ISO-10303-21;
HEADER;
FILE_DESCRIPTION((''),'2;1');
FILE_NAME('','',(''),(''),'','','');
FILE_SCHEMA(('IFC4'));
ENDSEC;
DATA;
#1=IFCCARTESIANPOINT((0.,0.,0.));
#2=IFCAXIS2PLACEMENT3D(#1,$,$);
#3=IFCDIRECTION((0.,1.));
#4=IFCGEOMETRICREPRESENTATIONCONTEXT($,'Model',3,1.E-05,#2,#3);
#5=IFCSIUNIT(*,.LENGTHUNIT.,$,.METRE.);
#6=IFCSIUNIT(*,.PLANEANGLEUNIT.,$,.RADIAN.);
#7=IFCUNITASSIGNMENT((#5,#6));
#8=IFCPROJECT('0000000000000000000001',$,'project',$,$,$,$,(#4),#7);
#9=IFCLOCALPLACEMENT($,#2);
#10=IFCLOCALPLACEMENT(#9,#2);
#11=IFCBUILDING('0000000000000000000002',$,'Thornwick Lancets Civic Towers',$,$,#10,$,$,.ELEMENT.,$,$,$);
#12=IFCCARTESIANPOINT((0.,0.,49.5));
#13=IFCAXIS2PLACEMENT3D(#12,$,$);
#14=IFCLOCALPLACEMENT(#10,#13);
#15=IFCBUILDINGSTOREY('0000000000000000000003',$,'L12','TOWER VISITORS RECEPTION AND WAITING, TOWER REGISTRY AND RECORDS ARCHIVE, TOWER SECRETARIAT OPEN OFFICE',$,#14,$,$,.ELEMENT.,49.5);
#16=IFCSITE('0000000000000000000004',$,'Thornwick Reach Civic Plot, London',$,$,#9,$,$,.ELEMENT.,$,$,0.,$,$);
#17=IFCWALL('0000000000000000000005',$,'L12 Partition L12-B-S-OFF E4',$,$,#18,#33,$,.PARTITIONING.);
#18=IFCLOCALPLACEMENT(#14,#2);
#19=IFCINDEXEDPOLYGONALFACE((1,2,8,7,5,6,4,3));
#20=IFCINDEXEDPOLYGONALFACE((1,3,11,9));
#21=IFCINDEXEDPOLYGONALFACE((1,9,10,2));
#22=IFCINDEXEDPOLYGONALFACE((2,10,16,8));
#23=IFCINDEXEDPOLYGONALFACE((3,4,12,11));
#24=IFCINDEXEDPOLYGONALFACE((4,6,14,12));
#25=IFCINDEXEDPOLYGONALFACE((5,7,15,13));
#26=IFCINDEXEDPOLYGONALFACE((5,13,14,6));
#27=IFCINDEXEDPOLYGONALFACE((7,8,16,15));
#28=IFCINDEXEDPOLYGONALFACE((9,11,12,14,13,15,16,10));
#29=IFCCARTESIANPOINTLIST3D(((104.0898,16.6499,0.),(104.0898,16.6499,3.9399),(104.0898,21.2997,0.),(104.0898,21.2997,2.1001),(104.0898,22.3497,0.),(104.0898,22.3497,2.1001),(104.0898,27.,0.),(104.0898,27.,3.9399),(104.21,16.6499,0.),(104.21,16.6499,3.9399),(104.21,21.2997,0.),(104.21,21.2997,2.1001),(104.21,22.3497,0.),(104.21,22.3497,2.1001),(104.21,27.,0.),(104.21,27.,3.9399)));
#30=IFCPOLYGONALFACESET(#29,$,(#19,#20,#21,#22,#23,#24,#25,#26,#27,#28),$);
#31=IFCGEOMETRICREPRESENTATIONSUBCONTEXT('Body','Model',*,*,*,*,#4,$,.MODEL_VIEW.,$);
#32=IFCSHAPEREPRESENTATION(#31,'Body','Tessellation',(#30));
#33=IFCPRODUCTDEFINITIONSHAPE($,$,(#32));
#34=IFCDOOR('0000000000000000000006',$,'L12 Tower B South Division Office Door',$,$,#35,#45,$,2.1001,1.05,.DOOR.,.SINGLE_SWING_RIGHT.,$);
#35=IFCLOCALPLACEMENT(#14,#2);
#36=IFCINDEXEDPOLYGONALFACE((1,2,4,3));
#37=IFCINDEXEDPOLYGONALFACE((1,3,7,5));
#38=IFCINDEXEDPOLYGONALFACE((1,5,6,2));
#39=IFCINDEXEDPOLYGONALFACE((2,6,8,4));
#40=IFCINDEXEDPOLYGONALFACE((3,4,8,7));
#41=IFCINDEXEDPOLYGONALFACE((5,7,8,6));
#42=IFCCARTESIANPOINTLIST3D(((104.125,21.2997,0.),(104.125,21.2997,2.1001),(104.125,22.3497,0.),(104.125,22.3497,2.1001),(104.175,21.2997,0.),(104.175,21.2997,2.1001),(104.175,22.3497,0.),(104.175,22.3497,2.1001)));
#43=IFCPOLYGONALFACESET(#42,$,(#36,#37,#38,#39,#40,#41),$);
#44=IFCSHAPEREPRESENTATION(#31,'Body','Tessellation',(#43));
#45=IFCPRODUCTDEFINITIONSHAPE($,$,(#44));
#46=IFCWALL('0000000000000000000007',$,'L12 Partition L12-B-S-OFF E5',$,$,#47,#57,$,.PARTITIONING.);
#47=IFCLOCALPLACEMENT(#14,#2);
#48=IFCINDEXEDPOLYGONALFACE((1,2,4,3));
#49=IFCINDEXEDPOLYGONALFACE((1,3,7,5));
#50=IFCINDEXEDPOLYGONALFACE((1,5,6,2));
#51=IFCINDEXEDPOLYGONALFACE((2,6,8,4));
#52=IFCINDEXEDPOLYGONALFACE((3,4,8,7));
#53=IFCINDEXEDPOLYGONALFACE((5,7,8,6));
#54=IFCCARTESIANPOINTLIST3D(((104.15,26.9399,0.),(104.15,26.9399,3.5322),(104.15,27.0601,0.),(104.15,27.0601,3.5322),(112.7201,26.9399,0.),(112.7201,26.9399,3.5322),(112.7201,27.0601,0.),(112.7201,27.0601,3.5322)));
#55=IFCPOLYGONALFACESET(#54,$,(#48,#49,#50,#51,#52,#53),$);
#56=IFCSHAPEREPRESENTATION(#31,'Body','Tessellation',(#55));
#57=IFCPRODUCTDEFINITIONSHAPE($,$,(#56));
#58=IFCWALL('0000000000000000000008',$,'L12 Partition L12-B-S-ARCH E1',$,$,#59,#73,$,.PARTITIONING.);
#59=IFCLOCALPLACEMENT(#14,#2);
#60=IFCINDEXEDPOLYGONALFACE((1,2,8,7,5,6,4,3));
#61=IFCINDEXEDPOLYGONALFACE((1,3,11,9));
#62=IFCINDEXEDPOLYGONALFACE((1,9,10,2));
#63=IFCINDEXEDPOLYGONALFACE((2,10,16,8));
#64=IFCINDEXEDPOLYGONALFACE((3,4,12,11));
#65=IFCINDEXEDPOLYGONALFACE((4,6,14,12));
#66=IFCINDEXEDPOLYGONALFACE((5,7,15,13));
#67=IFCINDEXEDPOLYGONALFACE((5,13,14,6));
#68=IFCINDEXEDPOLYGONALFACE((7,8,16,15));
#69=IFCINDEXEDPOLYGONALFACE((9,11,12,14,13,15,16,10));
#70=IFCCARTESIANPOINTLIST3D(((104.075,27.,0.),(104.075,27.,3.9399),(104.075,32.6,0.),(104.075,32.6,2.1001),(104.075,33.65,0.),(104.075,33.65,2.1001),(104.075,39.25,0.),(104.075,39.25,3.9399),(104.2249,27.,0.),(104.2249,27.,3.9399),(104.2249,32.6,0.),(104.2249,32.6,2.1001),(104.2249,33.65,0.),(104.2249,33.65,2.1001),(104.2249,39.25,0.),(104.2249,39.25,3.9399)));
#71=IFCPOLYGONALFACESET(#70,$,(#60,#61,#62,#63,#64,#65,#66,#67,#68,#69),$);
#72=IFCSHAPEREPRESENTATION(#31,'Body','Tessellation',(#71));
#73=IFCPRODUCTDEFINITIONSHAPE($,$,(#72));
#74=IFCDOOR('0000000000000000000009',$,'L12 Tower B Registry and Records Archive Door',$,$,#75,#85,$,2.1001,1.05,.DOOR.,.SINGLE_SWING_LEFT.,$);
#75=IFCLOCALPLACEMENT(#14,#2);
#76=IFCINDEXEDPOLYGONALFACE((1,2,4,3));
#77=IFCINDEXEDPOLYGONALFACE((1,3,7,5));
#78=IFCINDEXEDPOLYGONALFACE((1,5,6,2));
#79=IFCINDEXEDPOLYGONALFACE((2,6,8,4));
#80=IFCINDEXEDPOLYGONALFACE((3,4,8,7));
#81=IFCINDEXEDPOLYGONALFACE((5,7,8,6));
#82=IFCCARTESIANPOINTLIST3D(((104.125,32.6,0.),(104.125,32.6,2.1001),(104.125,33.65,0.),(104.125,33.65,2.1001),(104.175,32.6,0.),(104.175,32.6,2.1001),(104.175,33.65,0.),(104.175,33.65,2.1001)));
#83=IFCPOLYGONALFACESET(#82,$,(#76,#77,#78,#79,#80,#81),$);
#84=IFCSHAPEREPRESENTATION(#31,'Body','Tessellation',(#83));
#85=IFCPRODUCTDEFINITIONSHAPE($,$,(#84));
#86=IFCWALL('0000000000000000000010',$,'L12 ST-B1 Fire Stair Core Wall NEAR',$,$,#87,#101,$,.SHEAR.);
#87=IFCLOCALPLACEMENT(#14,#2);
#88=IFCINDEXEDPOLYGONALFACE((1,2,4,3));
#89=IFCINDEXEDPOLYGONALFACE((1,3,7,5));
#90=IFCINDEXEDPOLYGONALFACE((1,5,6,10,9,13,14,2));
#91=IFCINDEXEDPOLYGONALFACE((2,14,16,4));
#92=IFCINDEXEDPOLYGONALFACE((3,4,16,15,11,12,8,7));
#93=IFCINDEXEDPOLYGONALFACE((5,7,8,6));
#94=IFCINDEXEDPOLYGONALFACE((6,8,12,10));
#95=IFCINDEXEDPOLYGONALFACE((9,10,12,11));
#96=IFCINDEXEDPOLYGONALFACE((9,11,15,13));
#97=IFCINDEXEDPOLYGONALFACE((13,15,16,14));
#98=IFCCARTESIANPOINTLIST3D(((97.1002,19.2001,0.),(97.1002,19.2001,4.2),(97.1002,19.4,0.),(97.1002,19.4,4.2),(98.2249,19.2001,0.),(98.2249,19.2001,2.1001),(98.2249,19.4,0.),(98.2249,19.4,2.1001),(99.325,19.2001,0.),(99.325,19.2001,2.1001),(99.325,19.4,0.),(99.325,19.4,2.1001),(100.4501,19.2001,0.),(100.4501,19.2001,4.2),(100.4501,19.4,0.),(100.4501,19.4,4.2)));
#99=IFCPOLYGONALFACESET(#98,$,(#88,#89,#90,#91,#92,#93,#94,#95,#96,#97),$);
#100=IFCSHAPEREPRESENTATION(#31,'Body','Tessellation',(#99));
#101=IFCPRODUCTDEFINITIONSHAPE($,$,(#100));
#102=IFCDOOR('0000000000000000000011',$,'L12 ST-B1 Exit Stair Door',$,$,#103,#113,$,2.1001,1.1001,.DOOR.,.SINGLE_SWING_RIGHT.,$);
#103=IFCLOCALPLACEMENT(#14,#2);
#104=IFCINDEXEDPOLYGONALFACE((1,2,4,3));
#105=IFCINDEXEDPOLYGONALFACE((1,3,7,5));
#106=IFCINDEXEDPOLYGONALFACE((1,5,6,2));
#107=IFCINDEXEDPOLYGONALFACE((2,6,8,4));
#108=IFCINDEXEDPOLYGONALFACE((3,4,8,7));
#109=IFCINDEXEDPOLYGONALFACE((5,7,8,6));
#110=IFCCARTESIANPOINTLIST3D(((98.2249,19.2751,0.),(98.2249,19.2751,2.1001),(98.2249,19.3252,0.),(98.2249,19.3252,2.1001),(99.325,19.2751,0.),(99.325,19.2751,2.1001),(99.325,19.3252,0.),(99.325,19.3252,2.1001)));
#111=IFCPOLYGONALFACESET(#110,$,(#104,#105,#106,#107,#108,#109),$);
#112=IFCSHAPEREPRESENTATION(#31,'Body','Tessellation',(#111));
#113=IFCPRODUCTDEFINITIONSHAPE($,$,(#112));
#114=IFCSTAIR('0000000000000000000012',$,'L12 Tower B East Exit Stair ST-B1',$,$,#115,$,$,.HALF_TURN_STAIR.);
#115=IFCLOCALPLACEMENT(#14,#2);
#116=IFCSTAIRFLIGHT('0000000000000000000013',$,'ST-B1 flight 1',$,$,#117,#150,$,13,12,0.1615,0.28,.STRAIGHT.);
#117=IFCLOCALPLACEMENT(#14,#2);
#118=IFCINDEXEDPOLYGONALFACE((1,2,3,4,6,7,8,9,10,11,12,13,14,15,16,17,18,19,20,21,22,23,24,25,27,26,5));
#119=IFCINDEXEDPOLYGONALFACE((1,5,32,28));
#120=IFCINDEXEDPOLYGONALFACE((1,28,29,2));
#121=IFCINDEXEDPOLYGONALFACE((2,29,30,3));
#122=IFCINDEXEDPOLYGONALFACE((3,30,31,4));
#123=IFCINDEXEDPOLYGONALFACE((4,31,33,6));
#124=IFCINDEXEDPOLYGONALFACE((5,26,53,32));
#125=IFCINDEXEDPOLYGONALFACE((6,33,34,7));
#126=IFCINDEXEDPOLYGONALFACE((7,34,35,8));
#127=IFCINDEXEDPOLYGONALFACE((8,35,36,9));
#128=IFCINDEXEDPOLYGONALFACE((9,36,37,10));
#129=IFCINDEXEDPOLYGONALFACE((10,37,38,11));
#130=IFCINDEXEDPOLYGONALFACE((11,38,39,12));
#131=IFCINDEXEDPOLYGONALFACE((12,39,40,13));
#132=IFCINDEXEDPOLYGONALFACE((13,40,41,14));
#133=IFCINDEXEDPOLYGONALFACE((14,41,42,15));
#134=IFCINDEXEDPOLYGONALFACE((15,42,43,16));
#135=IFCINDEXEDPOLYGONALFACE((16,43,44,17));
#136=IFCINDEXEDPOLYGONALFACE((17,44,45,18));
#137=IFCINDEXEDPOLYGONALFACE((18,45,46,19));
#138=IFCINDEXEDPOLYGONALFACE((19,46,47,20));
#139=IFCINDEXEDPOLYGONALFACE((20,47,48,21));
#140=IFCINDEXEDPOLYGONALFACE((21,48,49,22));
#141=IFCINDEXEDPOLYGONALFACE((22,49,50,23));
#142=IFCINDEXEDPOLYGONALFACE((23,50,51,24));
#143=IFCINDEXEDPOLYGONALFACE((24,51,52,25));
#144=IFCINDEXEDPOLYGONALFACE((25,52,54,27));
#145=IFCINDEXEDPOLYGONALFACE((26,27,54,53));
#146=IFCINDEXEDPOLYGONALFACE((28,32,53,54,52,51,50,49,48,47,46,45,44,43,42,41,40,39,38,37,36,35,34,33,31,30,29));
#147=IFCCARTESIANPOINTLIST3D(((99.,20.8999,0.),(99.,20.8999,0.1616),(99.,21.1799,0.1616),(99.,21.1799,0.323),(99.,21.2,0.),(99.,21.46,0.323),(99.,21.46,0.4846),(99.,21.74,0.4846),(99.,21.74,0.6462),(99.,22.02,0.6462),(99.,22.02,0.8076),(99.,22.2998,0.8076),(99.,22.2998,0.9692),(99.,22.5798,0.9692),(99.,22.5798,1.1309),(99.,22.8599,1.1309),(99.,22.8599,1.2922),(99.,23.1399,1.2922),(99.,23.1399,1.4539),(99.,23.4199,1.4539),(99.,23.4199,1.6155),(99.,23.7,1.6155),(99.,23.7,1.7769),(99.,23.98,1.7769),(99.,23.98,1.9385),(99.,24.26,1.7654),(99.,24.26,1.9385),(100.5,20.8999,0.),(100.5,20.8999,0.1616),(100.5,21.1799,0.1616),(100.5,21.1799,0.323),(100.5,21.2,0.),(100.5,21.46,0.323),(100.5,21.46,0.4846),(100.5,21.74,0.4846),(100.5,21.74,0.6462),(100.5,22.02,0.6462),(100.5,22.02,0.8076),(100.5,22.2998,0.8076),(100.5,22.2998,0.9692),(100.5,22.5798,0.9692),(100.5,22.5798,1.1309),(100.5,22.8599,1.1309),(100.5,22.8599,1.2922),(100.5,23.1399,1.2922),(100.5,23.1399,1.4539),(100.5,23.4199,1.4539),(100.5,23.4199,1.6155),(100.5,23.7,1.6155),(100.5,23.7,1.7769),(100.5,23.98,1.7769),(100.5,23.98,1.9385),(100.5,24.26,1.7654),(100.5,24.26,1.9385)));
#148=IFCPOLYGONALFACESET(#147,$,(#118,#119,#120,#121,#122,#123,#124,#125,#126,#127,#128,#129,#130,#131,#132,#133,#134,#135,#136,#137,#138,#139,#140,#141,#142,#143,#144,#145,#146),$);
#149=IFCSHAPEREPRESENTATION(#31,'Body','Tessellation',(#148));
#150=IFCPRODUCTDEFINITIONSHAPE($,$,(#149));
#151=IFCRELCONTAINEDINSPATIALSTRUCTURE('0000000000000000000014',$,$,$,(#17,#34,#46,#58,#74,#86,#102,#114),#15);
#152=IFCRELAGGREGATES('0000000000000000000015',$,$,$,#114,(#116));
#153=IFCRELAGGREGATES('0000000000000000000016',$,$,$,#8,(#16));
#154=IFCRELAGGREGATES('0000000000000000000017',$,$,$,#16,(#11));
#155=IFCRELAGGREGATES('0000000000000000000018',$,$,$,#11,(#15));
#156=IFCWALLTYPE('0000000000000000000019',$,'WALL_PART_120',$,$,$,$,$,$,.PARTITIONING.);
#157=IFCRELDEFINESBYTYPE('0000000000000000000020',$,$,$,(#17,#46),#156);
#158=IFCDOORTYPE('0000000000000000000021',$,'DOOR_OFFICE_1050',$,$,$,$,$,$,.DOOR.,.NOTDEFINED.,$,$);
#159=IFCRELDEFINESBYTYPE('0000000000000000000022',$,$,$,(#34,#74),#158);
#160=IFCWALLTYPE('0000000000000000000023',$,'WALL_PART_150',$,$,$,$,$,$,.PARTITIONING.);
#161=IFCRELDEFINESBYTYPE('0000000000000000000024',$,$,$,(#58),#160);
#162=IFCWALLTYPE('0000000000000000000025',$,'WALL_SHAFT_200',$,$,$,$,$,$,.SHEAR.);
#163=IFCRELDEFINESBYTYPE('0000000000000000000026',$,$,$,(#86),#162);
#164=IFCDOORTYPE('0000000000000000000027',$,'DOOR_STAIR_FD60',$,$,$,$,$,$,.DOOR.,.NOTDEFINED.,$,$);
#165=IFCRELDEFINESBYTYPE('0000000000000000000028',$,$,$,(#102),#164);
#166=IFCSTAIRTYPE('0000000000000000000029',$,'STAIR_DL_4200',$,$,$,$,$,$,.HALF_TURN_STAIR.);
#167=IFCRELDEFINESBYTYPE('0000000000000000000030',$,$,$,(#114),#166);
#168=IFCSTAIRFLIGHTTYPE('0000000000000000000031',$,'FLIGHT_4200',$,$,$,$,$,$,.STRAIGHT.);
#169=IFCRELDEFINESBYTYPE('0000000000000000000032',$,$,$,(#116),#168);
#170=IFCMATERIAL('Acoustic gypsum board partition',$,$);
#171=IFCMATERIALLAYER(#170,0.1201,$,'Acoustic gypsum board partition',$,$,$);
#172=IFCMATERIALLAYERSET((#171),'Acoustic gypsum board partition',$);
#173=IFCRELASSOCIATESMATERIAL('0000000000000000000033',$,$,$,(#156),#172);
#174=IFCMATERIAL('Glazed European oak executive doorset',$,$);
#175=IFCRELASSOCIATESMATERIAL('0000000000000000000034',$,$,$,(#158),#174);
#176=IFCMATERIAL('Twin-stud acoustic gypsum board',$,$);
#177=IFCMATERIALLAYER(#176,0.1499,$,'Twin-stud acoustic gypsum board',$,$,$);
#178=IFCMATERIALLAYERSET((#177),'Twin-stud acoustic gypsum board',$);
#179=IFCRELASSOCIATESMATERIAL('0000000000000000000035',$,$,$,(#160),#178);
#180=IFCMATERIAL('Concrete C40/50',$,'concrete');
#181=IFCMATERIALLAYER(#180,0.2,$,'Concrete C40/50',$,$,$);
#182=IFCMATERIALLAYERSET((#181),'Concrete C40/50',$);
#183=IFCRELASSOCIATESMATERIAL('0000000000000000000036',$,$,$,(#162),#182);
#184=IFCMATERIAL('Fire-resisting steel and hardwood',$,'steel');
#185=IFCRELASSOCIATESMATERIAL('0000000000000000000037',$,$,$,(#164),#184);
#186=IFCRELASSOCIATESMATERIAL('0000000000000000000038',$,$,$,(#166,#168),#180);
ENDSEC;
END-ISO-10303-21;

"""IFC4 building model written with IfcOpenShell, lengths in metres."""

from ifc_helpers import new_model, si_unit, direction, frame, frame_2d, origin, place, context, subcontext, project, spatial, polyline, rectangle, outline, extrude, material, layer, layer_set, type_object, element, fill, aggregate, save


model = new_model("IFC4")

# Units and contexts
model_context = context("Model", 3, precision=1e-05, world=origin(), true_north=direction((0.0, 1.0)))
body_context = subcontext(model_context, "Body", "Model", "MODEL_VIEW")
ifc_project = project(units=[si_unit("LENGTHUNIT", "METRE"), si_unit("PLANEANGLEUNIT", "RADIAN")], contexts=[model_context])

# Site, building, storey
site_placement = place(None, origin())
site = spatial("IfcSite", under=ifc_project, at=site_placement, Name="Thornwick Reach Civic Plot, London", CompositionType="ELEMENT", RefElevation=0.0)
building_placement = place(site_placement, origin())
building = spatial("IfcBuilding", under=site, at=building_placement, Name="Thornwick Lancets Civic Towers", CompositionType="ELEMENT")
storey_placement = place(building_placement, frame((0.0, 0.0, 49.5)))
storey = spatial("IfcBuildingStorey", under=building, at=storey_placement, Name="L12", Description="TOWER VISITORS RECEPTION AND WAITING, TOWER REGISTRY AND RECORDS ARCHIVE, TOWER SECRETARIAT OPEN OFFICE", CompositionType="ELEMENT", Elevation=49.5)

# Shared definitions
ifc_material_1 = material(Name="Concrete C40/50", Category="concrete")

# Shared definitions
ifc_material_2 = material(Name="Acoustic gypsum board partition")
ifc_layer_1 = layer(ifc_material_2, 0.1201, Name="Acoustic gypsum board partition")
ifc_layer_set_1 = layer_set([ifc_layer_1], Name="Acoustic gypsum board partition")
wall_type_1 = type_object("IfcWallType", Name="WALL_PART_120", PredefinedType="PARTITIONING", material=ifc_layer_set_1)

# Wall, opening, door
wall_1_placement = place(storey_placement, frame((104.1499, 16.6499, 0.0), z_axis=(0.0, 0.0, 1.0), x_axis=(0.0, 1.0, 0.0)))
wall_1 = element("IfcWall", 1, at=wall_1_placement, inside=storey, type_object=wall_type_1, Name="L12 Partition L12-B-S-OFF E4", PredefinedType="PARTITIONING", context=body_context, shape_type="SweptSolid", body=[
    extrude(rectangle(XDim=10.3501, YDim=0.1201, at=frame_2d((5.175, 0.0))), origin(), (0.0, 0.0, 1.0), 3.9399),
])
opening_1_placement = place(wall_1_placement, frame((4.6499, 0.0, 0.0)))
opening_1 = element("IfcOpeningElement", 2, at=opening_1_placement, cuts=wall_1, PredefinedType="OPENING", context=body_context, shape_type="SweptSolid", body=[
    extrude(rectangle(XDim=1.05, YDim=2.1001, at=frame_2d((0.5249, 1.05))), frame((0.0, 0.0701, 0.0), z_axis=(0.0, -1.0, 0.0), x_axis=(1.0, 0.0, 0.0)), (0.0, 0.0, 1.0), 0.1401),
])
ifc_material_3 = material(Name="Glazed European oak executive doorset")
door_type_1 = type_object("IfcDoorType", Name="DOOR_OFFICE_1050", OperationType="NOTDEFINED", PredefinedType="DOOR", material=ifc_material_3)
door_1_placement = place(opening_1_placement, origin())
door_1 = element("IfcDoor", 3, at=door_1_placement, inside=storey, type_object=door_type_1, Name="L12 Tower B South Division Office Door", OperationType="SINGLE_SWING_RIGHT", OverallHeight=2.1001, OverallWidth=1.05, PredefinedType="DOOR", context=body_context, shape_type="SweptSolid", body=[
    extrude(rectangle(XDim=1.05, YDim=2.1001, at=frame_2d((0.5249, 1.05))), frame((0.0, 0.0249, 0.0), z_axis=(0.0, -1.0, 0.0), x_axis=(1.0, 0.0, 0.0)), (0.0, 0.0, 1.0), 0.05),
])
fill(opening_1, door_1)

# Wall
wall_2_placement = place(storey_placement, frame((104.1499, 27.0, 0.0), z_axis=(0.0, 0.0, 1.0), x_axis=(1.0, 0.0, 0.0)))
element("IfcWall", 4, at=wall_2_placement, inside=storey, type_object=wall_type_1, Name="L12 Partition L12-B-S-OFF E5", PredefinedType="PARTITIONING", context=body_context, shape_type="SweptSolid", body=[
    extrude(rectangle(XDim=8.5701, YDim=0.1201, at=frame_2d((4.2852, 0.0))), origin(), (0.0, 0.0, 1.0), 3.5322),
])

# Walls, openings, doors
ifc_material_4 = material(Name="Twin-stud acoustic gypsum board")
ifc_layer_2 = layer(ifc_material_4, 0.1499, Name="Twin-stud acoustic gypsum board")
ifc_layer_set_2 = layer_set([ifc_layer_2], Name="Twin-stud acoustic gypsum board")
wall_type_2 = type_object("IfcWallType", Name="WALL_PART_150", PredefinedType="PARTITIONING", material=ifc_layer_set_2)
wall_3_placement = place(storey_placement, frame((104.1499, 27.0, 0.0), z_axis=(0.0, 0.0, 1.0), x_axis=(0.0, 1.0, 0.0)))
wall_3 = element("IfcWall", 5, at=wall_3_placement, inside=storey, type_object=wall_type_2, Name="L12 Partition L12-B-S-ARCH E1", PredefinedType="PARTITIONING", context=body_context, shape_type="SweptSolid", body=[
    extrude(rectangle(XDim=12.25, YDim=0.1499, at=frame_2d((6.125, 0.0))), origin(), (0.0, 0.0, 1.0), 3.9399),
])
opening_2_placement = place(wall_3_placement, frame((5.6001, 0.0, 0.0)))
opening_2 = element("IfcOpeningElement", 6, at=opening_2_placement, cuts=wall_3, PredefinedType="OPENING", context=body_context, shape_type="SweptSolid", body=[
    extrude(rectangle(XDim=1.05, YDim=2.1001, at=frame_2d((0.5249, 1.05))), frame((0.0, 0.085, 0.0), z_axis=(0.0, -1.0, 0.0), x_axis=(1.0, 0.0, 0.0)), (0.0, 0.0, 1.0), 0.1699),
])
door_2_placement = place(opening_2_placement, origin())
door_2 = element("IfcDoor", 7, at=door_2_placement, inside=storey, type_object=door_type_1, Name="L12 Tower B Registry and Records Archive Door", OperationType="SINGLE_SWING_LEFT", OverallHeight=2.1001, OverallWidth=1.05, PredefinedType="DOOR", context=body_context, shape_type="SweptSolid", body=[
    extrude(rectangle(XDim=1.05, YDim=2.1001, at=frame_2d((0.5249, 1.05))), frame((0.0, 0.0249, 0.0), z_axis=(0.0, -1.0, 0.0), x_axis=(1.0, 0.0, 0.0)), (0.0, 0.0, 1.0), 0.05),
])
fill(opening_2, door_2)
ifc_layer_3 = layer(ifc_material_1, 0.2, Name="Concrete C40/50")
ifc_layer_set_3 = layer_set([ifc_layer_3], Name="Concrete C40/50")
wall_type_3 = type_object("IfcWallType", Name="WALL_SHAFT_200", PredefinedType="SHEAR", material=ifc_layer_set_3)
wall_4_placement = place(storey_placement, frame((100.45, 19.3, 0.0), z_axis=(0.0, 0.0, 1.0), x_axis=(-1.0, 0.0, 0.0)))
wall_4 = element("IfcWall", 8, at=wall_4_placement, inside=storey, type_object=wall_type_3, Name="L12 ST-B1 Fire Stair Core Wall NEAR", PredefinedType="SHEAR", context=body_context, shape_type="SweptSolid", body=[
    extrude(rectangle(XDim=3.3499, YDim=0.2, at=frame_2d((1.6748, 0.0))), origin(), (0.0, 0.0, 1.0), 4.2),
])
opening_3_placement = place(wall_4_placement, frame((1.125, 0.0, 0.0)))
opening_3 = element("IfcOpeningElement", 9, at=opening_3_placement, cuts=wall_4, PredefinedType="OPENING", context=body_context, shape_type="SweptSolid", body=[
    extrude(rectangle(XDim=1.1001, YDim=2.1001, at=frame_2d((0.55, 1.05))), frame((0.0, 0.1099, 0.0), z_axis=(0.0, -1.0, 0.0), x_axis=(1.0, 0.0, 0.0)), (0.0, 0.0, 1.0), 0.22),
])
ifc_material_5 = material(Name="Fire-resisting steel and hardwood", Category="steel")
door_type_2 = type_object("IfcDoorType", Name="DOOR_STAIR_FD60", OperationType="NOTDEFINED", PredefinedType="DOOR", material=ifc_material_5)
door_3_placement = place(opening_3_placement, origin())
door_3 = element("IfcDoor", 10, at=door_3_placement, inside=storey, type_object=door_type_2, Name="L12 ST-B1 Exit Stair Door", OperationType="SINGLE_SWING_RIGHT", OverallHeight=2.1001, OverallWidth=1.1001, PredefinedType="DOOR", context=body_context, shape_type="SweptSolid", body=[
    extrude(rectangle(XDim=1.1001, YDim=2.1001, at=frame_2d((0.55, 1.05))), frame((0.0, 0.0249, 0.0), z_axis=(0.0, -1.0, 0.0), x_axis=(1.0, 0.0, 0.0)), (0.0, 0.0, 1.0), 0.05),
])
fill(opening_3, door_3)

# Stair, stair flight
stair_type = type_object("IfcStairType", Name="STAIR_DL_4200", PredefinedType="HALF_TURN_STAIR", material=ifc_material_1)
stair_placement = place(storey_placement, origin())
stair = element("IfcStair", 11, at=stair_placement, inside=storey, type_object=stair_type, Name="L12 Tower B East Exit Stair ST-B1", PredefinedType="HALF_TURN_STAIR")
stair_flight_type = type_object("IfcStairFlightType", Name="FLIGHT_4200", PredefinedType="STRAIGHT", material=ifc_material_1)
stair_flight_placement = place(storey_placement, frame((99.75, 20.8999, 0.0), z_axis=(0.0, 0.0, 1.0), x_axis=(0.0, 1.0, 0.0)))
stair_flight = element("IfcStairFlight", 12, at=stair_flight_placement, type_object=stair_flight_type, Name="ST-B1 flight 1", NumberOfRisers=13, NumberOfTreads=12, PredefinedType="STRAIGHT", RiserHeight=0.1615, TreadLength=0.28, context=body_context, shape_type="SweptSolid", body=[
    extrude(outline(polyline([(0.0, 0.0), (0.0, 0.1616), (0.28, 0.1616), (0.28, 0.323), (0.5601, 0.323), (0.5601, 0.4846), (0.8401, 0.4846), (0.8401, 0.6462), (1.1201, 0.6462), (1.1201, 0.8076), (1.3999, 0.8076), (1.3999, 0.9692), (1.6799, 0.9692), (1.6799, 1.1309), (1.96, 1.1309), (1.96, 1.2922), (2.24, 1.2922), (2.24, 1.4539), (2.52, 1.4539), (2.52, 1.6155), (2.8, 1.6155), (2.8, 1.7769), (3.0801, 1.7769), (3.0801, 1.9385), (3.3601, 1.9385), (3.3601, 2.1001), (3.3601, 1.7654), (0.3, 0.0), (0.0, 0.0)])), frame((0.0, 0.75, 0.0), z_axis=(0.0, -1.0, 0.0), x_axis=(1.0, 0.0, 0.0)), (0.0, 0.0, 1.0), 1.5),
])
aggregate(stair, [stair_flight])

save(model, "model.ifc")
